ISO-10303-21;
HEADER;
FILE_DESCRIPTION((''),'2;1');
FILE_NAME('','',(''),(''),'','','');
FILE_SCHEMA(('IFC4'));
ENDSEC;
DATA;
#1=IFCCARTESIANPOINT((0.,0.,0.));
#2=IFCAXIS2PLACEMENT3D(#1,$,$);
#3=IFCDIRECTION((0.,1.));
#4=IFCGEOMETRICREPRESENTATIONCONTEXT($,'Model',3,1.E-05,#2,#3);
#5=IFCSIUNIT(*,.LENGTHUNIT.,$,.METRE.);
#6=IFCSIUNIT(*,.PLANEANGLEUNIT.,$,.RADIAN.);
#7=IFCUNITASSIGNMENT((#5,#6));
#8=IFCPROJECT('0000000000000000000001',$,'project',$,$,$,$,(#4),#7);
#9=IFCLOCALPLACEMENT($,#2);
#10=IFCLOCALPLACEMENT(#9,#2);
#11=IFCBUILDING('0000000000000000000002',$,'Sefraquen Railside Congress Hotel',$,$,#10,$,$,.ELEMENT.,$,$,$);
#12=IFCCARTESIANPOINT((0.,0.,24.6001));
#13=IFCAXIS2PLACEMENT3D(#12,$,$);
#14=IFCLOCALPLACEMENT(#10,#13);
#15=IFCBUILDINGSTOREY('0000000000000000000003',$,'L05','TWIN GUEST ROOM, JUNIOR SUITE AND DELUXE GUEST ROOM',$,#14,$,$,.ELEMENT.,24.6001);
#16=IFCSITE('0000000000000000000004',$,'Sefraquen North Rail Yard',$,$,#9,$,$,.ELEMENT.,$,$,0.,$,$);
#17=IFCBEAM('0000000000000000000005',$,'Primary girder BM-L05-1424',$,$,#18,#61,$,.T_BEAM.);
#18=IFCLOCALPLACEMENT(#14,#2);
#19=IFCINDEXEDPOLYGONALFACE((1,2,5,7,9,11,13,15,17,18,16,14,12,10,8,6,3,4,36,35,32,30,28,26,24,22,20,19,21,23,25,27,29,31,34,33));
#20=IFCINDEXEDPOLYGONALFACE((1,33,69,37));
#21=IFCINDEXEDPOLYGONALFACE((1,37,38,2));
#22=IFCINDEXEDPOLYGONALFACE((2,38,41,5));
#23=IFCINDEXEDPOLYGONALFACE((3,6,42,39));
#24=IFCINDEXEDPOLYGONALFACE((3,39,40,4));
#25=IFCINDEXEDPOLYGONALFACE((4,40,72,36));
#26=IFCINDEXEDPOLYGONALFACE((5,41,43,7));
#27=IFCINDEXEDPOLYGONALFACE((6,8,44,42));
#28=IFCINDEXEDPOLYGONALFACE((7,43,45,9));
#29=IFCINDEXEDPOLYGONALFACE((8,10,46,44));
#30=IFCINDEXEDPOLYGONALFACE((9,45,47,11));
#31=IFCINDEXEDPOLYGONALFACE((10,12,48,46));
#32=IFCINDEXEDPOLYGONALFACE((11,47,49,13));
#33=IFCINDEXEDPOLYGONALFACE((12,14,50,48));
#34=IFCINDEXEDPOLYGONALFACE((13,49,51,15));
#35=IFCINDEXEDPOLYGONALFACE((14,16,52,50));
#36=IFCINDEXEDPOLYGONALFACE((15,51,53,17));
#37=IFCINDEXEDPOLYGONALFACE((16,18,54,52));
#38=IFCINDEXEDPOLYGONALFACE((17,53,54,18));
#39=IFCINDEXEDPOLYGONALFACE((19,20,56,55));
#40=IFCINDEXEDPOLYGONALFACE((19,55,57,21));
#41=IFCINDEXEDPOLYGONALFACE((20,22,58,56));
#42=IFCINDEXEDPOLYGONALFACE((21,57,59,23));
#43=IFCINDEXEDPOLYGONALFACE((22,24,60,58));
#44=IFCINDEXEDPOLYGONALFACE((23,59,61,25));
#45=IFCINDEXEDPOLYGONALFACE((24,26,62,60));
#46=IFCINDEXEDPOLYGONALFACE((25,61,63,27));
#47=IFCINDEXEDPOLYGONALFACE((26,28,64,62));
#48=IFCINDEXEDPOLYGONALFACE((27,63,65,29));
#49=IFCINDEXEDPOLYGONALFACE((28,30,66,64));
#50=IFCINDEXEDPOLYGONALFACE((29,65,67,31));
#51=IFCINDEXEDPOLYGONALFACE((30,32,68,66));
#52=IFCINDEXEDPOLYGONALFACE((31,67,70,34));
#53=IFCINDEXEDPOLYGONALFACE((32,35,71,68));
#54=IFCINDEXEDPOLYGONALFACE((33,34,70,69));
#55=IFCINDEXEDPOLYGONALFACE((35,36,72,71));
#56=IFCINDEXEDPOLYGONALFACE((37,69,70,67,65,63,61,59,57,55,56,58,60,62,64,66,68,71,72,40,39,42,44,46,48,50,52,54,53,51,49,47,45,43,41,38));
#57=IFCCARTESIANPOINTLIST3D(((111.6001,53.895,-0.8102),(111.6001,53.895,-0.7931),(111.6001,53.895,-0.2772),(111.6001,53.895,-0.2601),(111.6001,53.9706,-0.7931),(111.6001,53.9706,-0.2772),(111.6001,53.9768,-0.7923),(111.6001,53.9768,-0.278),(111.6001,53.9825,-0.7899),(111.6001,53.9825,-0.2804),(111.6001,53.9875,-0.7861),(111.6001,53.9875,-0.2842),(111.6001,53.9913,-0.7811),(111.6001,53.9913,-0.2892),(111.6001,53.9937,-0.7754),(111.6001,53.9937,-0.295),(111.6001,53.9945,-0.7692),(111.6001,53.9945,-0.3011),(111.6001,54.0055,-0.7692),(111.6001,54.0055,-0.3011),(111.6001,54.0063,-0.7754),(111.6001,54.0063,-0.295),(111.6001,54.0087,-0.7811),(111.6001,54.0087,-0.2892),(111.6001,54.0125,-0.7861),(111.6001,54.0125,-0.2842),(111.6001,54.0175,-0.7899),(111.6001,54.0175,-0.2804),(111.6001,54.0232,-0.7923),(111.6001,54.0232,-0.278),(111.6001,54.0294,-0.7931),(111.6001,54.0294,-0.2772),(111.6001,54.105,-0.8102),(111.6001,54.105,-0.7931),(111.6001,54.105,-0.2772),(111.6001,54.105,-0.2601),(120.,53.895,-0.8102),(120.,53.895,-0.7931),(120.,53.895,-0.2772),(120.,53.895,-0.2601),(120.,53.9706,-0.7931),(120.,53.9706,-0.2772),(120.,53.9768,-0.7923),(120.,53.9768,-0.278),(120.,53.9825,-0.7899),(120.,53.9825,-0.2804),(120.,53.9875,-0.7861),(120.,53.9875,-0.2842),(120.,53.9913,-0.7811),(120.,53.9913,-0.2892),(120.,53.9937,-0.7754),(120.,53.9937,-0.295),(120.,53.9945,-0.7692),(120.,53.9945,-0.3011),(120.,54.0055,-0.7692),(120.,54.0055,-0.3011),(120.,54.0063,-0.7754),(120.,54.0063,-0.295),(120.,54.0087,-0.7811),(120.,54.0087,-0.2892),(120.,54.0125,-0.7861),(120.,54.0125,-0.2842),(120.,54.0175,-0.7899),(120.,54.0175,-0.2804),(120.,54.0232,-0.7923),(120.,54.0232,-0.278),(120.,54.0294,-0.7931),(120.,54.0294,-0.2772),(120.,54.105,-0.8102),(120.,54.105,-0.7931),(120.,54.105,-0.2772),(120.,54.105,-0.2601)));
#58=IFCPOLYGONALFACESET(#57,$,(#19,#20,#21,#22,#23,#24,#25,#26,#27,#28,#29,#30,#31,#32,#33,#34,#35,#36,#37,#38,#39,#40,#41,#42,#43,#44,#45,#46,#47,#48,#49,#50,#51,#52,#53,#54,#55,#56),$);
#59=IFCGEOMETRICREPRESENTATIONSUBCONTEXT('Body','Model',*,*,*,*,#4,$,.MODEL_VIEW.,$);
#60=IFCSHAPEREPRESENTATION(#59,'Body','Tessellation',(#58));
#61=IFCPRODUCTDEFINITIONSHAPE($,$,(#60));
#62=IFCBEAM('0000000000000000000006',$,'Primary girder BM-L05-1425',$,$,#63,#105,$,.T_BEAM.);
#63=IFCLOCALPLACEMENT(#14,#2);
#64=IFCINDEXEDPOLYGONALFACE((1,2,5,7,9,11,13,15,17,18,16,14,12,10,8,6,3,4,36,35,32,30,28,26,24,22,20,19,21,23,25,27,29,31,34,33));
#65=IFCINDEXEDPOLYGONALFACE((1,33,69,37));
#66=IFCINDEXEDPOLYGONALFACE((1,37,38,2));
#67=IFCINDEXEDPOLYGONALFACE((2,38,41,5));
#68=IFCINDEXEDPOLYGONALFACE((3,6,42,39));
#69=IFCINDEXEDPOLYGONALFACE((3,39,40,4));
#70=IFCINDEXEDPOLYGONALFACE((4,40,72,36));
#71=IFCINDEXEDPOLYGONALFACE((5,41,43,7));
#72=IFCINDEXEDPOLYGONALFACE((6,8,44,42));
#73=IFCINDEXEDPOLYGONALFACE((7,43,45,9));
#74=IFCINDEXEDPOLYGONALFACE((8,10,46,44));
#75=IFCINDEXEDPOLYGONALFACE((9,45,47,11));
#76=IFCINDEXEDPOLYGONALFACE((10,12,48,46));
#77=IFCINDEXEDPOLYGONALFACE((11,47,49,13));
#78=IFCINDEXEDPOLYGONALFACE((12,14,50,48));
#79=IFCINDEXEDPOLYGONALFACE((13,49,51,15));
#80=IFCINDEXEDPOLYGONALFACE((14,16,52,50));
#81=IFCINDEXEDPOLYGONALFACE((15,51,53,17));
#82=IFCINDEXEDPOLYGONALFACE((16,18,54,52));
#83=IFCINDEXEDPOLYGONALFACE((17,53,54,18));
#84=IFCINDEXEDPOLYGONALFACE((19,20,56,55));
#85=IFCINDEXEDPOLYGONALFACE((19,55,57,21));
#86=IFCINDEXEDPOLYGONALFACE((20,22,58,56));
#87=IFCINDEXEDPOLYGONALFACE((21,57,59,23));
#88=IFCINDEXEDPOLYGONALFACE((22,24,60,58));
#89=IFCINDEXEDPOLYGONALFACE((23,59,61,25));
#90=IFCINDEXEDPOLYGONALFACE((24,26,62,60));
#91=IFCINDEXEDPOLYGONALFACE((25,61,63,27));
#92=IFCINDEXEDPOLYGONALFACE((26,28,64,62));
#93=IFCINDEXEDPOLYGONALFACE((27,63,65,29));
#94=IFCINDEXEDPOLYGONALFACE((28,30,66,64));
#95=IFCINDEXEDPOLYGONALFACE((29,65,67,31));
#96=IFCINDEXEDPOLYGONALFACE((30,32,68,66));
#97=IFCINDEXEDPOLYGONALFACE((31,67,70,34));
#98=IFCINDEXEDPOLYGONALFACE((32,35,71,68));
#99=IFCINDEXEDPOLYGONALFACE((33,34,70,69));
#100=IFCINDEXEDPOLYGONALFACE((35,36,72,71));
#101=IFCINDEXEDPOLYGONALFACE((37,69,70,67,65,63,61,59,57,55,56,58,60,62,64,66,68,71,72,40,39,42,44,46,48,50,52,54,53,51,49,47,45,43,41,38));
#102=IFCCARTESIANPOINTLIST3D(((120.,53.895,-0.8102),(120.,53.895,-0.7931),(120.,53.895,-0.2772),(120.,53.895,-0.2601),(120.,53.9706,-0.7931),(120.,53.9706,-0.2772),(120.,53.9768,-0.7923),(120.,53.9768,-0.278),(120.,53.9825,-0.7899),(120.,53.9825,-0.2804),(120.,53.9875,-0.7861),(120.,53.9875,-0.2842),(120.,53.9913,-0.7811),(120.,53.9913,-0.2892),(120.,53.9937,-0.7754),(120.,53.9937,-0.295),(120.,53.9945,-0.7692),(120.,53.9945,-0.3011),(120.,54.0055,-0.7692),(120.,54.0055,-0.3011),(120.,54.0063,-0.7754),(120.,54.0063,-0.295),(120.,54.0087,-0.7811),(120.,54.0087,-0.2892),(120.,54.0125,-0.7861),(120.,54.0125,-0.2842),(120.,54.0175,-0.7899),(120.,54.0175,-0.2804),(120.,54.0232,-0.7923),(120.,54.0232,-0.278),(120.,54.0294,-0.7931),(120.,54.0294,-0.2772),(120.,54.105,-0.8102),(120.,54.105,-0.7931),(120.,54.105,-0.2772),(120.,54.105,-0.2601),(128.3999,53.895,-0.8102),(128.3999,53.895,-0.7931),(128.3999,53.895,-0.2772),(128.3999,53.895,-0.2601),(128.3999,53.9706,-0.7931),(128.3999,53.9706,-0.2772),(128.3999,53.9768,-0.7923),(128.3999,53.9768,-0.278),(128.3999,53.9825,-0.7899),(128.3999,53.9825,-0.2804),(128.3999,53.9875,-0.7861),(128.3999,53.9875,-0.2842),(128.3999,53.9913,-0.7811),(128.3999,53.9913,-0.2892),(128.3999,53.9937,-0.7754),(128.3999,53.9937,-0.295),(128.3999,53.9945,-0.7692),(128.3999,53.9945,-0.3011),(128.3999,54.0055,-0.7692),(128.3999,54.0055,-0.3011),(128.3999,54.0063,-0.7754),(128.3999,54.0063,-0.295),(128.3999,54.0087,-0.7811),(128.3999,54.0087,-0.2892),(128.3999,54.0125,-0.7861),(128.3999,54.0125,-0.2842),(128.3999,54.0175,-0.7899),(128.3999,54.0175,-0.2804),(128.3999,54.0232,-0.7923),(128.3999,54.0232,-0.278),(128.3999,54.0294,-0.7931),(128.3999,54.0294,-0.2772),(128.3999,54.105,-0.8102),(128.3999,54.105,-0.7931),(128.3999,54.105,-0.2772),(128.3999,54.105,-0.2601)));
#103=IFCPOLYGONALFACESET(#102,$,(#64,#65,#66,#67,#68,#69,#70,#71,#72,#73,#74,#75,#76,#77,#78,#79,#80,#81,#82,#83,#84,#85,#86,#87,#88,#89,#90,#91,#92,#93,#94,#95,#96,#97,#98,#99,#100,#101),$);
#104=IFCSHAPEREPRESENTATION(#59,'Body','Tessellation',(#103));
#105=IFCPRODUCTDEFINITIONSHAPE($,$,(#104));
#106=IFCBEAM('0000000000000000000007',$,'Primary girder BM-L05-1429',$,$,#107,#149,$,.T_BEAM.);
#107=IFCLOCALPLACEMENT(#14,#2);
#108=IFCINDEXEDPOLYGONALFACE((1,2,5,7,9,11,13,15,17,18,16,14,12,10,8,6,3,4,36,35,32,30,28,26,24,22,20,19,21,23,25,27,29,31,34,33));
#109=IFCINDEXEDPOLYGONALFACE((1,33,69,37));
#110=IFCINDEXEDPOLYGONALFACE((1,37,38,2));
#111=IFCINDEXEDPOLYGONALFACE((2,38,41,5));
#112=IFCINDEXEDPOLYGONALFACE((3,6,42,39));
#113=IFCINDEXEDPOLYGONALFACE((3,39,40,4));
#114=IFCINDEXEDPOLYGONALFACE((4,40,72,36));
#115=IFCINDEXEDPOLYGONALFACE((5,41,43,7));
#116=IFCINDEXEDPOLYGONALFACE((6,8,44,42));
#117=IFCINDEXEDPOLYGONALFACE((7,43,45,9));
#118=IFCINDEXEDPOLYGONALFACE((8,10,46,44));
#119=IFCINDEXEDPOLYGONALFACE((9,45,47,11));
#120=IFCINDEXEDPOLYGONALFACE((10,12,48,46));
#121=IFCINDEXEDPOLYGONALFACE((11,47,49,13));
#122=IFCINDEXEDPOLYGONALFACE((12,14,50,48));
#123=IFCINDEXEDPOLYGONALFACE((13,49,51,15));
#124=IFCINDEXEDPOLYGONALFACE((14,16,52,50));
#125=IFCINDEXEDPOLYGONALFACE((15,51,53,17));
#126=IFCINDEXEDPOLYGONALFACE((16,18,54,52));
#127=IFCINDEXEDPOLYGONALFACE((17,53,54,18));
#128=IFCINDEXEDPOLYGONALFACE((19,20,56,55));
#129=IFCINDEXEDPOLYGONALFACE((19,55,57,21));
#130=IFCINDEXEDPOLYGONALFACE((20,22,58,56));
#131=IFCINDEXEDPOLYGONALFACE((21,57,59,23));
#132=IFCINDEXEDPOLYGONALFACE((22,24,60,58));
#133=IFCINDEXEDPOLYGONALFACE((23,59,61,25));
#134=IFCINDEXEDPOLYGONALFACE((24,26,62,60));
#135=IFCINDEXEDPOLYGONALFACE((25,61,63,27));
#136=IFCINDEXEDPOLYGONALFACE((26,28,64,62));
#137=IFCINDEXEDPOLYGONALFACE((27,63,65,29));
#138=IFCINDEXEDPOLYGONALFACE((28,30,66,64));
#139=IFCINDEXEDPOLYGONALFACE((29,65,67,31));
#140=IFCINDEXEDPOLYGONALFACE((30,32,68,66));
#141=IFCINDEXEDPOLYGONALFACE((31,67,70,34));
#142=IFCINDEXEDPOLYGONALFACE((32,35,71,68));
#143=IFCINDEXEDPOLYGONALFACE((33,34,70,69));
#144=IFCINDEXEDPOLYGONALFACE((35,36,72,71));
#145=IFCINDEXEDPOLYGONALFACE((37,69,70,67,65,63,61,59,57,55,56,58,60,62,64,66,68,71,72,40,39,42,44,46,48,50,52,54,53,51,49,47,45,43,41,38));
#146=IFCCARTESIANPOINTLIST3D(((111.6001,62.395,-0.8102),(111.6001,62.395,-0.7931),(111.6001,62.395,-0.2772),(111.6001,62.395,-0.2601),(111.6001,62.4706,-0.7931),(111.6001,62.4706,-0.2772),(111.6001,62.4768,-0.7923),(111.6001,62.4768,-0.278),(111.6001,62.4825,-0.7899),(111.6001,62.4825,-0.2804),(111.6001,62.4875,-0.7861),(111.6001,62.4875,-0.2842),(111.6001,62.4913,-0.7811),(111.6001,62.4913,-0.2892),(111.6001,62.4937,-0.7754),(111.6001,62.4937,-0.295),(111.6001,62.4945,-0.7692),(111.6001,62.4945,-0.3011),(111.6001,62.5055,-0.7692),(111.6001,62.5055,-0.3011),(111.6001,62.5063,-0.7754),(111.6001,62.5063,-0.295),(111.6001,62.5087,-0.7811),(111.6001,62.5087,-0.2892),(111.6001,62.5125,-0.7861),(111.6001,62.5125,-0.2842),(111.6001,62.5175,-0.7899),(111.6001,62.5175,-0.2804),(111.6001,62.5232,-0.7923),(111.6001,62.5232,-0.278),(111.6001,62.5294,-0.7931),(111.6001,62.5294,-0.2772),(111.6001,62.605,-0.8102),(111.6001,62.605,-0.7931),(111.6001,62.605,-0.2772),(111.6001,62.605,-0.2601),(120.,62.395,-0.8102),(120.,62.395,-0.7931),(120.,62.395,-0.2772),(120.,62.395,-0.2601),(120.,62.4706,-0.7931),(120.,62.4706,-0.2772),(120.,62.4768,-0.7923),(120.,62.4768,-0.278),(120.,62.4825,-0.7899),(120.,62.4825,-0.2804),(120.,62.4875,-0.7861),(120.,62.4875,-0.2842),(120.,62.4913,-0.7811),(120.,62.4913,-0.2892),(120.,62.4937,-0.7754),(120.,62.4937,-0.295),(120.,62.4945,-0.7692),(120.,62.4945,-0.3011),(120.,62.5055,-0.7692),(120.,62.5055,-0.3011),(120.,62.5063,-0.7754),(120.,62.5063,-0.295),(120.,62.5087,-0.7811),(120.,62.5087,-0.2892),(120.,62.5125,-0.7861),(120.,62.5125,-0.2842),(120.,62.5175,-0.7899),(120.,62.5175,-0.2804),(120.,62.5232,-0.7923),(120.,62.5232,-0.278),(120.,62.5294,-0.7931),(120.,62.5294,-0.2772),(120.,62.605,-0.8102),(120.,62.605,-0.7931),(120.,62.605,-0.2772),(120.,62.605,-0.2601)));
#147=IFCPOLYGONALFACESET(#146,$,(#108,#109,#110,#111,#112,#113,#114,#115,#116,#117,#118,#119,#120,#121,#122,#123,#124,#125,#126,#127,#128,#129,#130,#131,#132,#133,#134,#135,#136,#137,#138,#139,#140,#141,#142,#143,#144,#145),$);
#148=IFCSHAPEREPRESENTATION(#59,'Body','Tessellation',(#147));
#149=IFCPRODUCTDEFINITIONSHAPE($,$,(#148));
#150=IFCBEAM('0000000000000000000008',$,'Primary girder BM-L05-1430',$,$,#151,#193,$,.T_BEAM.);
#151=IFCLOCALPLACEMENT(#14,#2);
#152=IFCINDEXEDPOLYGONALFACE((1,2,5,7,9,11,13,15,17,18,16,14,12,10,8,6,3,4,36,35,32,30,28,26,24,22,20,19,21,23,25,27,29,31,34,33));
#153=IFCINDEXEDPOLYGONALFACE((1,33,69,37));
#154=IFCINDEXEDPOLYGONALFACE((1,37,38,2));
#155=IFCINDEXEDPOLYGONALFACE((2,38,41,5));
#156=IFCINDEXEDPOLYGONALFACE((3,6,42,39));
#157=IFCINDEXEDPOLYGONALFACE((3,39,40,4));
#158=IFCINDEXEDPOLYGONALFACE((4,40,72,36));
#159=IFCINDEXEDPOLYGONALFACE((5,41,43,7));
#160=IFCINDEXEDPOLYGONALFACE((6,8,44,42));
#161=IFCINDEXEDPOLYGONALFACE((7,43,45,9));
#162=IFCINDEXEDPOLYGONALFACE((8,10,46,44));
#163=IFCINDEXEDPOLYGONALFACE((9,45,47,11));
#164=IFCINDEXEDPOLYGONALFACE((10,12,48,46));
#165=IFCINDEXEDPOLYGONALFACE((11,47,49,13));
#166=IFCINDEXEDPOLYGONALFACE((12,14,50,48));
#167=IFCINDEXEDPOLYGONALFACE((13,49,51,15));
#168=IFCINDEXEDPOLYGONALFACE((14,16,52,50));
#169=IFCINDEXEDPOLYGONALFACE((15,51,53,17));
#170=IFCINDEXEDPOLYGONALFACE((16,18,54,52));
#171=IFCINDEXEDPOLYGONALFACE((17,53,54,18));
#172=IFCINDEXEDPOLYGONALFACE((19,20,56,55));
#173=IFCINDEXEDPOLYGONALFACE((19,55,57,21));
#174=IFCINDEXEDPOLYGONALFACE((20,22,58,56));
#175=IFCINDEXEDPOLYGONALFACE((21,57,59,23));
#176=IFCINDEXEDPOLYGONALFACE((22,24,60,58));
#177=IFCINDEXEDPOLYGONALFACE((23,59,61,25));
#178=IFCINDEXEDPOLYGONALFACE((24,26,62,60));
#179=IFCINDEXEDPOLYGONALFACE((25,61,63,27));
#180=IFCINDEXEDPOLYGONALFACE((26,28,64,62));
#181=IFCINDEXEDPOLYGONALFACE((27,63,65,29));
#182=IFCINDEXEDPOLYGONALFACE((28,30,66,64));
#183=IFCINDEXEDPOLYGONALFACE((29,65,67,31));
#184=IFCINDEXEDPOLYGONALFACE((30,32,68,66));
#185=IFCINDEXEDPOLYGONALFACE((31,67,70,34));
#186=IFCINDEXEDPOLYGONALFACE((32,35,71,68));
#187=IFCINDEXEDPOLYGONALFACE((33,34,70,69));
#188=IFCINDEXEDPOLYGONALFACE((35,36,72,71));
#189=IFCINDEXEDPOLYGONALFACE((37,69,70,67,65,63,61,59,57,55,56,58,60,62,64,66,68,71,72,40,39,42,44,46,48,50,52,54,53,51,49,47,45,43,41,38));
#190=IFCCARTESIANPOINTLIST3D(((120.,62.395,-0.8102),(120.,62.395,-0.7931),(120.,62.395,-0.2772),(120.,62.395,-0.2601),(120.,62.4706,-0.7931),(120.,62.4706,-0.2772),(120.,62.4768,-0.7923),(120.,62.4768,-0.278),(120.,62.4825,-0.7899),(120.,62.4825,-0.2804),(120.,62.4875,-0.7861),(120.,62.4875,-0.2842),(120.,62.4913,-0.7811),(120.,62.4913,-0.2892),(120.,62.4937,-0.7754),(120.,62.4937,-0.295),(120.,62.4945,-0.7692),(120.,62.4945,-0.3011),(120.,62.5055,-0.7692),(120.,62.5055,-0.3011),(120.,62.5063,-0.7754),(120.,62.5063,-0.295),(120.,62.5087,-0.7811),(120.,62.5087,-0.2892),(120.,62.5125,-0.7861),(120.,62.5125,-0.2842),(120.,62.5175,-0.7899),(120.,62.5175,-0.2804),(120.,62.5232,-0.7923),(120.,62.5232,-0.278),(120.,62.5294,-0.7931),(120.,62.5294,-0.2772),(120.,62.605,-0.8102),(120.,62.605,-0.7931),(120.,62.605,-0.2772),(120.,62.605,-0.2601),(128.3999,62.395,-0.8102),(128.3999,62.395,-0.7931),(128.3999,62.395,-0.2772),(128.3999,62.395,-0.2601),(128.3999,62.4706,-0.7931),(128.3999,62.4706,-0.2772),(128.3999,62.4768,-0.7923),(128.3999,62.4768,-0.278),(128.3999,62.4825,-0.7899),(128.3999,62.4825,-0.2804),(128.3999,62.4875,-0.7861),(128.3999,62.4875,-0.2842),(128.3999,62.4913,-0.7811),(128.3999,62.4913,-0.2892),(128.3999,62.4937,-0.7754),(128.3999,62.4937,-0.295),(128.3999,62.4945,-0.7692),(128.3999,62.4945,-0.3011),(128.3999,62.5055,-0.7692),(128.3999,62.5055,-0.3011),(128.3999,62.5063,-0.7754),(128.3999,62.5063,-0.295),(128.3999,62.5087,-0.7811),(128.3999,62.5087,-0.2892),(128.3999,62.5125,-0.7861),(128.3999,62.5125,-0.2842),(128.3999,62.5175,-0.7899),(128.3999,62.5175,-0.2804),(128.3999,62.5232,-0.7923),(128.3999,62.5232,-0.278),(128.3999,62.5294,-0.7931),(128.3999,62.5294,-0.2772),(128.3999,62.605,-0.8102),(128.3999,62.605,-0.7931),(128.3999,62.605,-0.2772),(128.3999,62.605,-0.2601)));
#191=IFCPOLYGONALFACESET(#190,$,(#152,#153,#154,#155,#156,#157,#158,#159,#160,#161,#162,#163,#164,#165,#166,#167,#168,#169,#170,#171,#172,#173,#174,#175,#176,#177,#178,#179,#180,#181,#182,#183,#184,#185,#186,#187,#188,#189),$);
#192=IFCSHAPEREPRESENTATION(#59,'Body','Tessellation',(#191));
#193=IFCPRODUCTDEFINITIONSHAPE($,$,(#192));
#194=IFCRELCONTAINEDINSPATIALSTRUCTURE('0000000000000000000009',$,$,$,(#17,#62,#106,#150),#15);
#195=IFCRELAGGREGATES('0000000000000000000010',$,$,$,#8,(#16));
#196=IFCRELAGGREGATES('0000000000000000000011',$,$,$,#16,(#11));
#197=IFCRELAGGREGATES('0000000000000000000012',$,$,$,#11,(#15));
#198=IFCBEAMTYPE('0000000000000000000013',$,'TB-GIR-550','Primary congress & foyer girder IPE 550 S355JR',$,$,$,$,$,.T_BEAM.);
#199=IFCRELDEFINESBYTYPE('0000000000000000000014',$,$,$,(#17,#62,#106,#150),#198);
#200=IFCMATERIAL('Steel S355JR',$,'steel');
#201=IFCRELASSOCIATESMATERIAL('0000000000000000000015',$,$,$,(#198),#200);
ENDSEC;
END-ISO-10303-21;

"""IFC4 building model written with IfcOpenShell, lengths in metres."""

from ifc_helpers import new_model, si_unit, direction, frame, origin, origin_2d, place, context, subcontext, project, spatial, i_section, extrude, material, material_profile, profile_set, type_object, element, save


model = new_model("IFC4")

# Units and contexts
model_context = context("Model", 3, precision=1e-05, world=origin(), true_north=direction((0.0, 1.0)))
body_context = subcontext(model_context, "Body", "Model", "MODEL_VIEW")
ifc_project = project(units=[si_unit("LENGTHUNIT", "METRE"), si_unit("PLANEANGLEUNIT", "RADIAN")], contexts=[model_context])

# Site, building, storey
site_placement = place(None, origin())
site = spatial("IfcSite", under=ifc_project, at=site_placement, Name="Sefraquen North Rail Yard", CompositionType="ELEMENT", RefElevation=0.0)
building_placement = place(site_placement, origin())
building = spatial("IfcBuilding", under=site, at=building_placement, Name="Sefraquen Railside Congress Hotel", CompositionType="ELEMENT")
storey_placement = place(building_placement, frame((0.0, 0.0, 24.6001)))
storey = spatial("IfcBuildingStorey", under=building, at=storey_placement, Name="L05", Description="TWIN GUEST ROOM, JUNIOR SUITE AND DELUXE GUEST ROOM", CompositionType="ELEMENT", Elevation=24.6001)

# Beams
ifc_material_1 = material(Name="Steel S355JR", Category="steel")
ifc_material_profile_1 = material_profile(ifc_material_1, i_section(OverallWidth=0.21, OverallDepth=0.55, WebThickness=0.011, FlangeThickness=0.0171, FilletRadius=0.0239, at=origin_2d()), Name="IPE 550")
ifc_profile_set_1 = profile_set([ifc_material_profile_1], Name="Steel S355JR")
beam_type_1 = type_object("IfcBeamType", Name="TB-GIR-550", Description="Primary congress & foyer girder IPE 550 S355JR", PredefinedType="T_BEAM", material=ifc_profile_set_1)
for number, where, z_axis, x_axis, name in (
    (1, (111.6001, 54.0, -0.5352), (1.0, 0.0, 0.0), (0.0, 1.0, 0.0), "Primary girder BM-L05-1424"),
    (2, (120.0, 54.0, -0.5352), (1.0, 0.0, 0.0), (0.0, 1.0, 0.0), "Primary girder BM-L05-1425"),
    (3, (111.6001, 62.5, -0.5352), (1.0, 0.0, 0.0), (0.0, 1.0, 0.0), "Primary girder BM-L05-1429"),
    (4, (120.0, 62.5, -0.5352), (1.0, 0.0, 0.0), (0.0, 1.0, 0.0), "Primary girder BM-L05-1430"),
):
    element("IfcBeam", number, at=place(storey_placement, frame(where, z_axis=z_axis, x_axis=x_axis)), inside=storey, type_object=beam_type_1, Name=name, PredefinedType="T_BEAM", context=body_context, shape_type="SweptSolid", body=[
        extrude(i_section(OverallWidth=0.21, OverallDepth=0.55, WebThickness=0.011, FlangeThickness=0.0171, FilletRadius=0.0239, at=origin_2d()), origin(), (0.0, 0.0, 1.0), 8.3999),
    ])

save(model, "model.ifc")
